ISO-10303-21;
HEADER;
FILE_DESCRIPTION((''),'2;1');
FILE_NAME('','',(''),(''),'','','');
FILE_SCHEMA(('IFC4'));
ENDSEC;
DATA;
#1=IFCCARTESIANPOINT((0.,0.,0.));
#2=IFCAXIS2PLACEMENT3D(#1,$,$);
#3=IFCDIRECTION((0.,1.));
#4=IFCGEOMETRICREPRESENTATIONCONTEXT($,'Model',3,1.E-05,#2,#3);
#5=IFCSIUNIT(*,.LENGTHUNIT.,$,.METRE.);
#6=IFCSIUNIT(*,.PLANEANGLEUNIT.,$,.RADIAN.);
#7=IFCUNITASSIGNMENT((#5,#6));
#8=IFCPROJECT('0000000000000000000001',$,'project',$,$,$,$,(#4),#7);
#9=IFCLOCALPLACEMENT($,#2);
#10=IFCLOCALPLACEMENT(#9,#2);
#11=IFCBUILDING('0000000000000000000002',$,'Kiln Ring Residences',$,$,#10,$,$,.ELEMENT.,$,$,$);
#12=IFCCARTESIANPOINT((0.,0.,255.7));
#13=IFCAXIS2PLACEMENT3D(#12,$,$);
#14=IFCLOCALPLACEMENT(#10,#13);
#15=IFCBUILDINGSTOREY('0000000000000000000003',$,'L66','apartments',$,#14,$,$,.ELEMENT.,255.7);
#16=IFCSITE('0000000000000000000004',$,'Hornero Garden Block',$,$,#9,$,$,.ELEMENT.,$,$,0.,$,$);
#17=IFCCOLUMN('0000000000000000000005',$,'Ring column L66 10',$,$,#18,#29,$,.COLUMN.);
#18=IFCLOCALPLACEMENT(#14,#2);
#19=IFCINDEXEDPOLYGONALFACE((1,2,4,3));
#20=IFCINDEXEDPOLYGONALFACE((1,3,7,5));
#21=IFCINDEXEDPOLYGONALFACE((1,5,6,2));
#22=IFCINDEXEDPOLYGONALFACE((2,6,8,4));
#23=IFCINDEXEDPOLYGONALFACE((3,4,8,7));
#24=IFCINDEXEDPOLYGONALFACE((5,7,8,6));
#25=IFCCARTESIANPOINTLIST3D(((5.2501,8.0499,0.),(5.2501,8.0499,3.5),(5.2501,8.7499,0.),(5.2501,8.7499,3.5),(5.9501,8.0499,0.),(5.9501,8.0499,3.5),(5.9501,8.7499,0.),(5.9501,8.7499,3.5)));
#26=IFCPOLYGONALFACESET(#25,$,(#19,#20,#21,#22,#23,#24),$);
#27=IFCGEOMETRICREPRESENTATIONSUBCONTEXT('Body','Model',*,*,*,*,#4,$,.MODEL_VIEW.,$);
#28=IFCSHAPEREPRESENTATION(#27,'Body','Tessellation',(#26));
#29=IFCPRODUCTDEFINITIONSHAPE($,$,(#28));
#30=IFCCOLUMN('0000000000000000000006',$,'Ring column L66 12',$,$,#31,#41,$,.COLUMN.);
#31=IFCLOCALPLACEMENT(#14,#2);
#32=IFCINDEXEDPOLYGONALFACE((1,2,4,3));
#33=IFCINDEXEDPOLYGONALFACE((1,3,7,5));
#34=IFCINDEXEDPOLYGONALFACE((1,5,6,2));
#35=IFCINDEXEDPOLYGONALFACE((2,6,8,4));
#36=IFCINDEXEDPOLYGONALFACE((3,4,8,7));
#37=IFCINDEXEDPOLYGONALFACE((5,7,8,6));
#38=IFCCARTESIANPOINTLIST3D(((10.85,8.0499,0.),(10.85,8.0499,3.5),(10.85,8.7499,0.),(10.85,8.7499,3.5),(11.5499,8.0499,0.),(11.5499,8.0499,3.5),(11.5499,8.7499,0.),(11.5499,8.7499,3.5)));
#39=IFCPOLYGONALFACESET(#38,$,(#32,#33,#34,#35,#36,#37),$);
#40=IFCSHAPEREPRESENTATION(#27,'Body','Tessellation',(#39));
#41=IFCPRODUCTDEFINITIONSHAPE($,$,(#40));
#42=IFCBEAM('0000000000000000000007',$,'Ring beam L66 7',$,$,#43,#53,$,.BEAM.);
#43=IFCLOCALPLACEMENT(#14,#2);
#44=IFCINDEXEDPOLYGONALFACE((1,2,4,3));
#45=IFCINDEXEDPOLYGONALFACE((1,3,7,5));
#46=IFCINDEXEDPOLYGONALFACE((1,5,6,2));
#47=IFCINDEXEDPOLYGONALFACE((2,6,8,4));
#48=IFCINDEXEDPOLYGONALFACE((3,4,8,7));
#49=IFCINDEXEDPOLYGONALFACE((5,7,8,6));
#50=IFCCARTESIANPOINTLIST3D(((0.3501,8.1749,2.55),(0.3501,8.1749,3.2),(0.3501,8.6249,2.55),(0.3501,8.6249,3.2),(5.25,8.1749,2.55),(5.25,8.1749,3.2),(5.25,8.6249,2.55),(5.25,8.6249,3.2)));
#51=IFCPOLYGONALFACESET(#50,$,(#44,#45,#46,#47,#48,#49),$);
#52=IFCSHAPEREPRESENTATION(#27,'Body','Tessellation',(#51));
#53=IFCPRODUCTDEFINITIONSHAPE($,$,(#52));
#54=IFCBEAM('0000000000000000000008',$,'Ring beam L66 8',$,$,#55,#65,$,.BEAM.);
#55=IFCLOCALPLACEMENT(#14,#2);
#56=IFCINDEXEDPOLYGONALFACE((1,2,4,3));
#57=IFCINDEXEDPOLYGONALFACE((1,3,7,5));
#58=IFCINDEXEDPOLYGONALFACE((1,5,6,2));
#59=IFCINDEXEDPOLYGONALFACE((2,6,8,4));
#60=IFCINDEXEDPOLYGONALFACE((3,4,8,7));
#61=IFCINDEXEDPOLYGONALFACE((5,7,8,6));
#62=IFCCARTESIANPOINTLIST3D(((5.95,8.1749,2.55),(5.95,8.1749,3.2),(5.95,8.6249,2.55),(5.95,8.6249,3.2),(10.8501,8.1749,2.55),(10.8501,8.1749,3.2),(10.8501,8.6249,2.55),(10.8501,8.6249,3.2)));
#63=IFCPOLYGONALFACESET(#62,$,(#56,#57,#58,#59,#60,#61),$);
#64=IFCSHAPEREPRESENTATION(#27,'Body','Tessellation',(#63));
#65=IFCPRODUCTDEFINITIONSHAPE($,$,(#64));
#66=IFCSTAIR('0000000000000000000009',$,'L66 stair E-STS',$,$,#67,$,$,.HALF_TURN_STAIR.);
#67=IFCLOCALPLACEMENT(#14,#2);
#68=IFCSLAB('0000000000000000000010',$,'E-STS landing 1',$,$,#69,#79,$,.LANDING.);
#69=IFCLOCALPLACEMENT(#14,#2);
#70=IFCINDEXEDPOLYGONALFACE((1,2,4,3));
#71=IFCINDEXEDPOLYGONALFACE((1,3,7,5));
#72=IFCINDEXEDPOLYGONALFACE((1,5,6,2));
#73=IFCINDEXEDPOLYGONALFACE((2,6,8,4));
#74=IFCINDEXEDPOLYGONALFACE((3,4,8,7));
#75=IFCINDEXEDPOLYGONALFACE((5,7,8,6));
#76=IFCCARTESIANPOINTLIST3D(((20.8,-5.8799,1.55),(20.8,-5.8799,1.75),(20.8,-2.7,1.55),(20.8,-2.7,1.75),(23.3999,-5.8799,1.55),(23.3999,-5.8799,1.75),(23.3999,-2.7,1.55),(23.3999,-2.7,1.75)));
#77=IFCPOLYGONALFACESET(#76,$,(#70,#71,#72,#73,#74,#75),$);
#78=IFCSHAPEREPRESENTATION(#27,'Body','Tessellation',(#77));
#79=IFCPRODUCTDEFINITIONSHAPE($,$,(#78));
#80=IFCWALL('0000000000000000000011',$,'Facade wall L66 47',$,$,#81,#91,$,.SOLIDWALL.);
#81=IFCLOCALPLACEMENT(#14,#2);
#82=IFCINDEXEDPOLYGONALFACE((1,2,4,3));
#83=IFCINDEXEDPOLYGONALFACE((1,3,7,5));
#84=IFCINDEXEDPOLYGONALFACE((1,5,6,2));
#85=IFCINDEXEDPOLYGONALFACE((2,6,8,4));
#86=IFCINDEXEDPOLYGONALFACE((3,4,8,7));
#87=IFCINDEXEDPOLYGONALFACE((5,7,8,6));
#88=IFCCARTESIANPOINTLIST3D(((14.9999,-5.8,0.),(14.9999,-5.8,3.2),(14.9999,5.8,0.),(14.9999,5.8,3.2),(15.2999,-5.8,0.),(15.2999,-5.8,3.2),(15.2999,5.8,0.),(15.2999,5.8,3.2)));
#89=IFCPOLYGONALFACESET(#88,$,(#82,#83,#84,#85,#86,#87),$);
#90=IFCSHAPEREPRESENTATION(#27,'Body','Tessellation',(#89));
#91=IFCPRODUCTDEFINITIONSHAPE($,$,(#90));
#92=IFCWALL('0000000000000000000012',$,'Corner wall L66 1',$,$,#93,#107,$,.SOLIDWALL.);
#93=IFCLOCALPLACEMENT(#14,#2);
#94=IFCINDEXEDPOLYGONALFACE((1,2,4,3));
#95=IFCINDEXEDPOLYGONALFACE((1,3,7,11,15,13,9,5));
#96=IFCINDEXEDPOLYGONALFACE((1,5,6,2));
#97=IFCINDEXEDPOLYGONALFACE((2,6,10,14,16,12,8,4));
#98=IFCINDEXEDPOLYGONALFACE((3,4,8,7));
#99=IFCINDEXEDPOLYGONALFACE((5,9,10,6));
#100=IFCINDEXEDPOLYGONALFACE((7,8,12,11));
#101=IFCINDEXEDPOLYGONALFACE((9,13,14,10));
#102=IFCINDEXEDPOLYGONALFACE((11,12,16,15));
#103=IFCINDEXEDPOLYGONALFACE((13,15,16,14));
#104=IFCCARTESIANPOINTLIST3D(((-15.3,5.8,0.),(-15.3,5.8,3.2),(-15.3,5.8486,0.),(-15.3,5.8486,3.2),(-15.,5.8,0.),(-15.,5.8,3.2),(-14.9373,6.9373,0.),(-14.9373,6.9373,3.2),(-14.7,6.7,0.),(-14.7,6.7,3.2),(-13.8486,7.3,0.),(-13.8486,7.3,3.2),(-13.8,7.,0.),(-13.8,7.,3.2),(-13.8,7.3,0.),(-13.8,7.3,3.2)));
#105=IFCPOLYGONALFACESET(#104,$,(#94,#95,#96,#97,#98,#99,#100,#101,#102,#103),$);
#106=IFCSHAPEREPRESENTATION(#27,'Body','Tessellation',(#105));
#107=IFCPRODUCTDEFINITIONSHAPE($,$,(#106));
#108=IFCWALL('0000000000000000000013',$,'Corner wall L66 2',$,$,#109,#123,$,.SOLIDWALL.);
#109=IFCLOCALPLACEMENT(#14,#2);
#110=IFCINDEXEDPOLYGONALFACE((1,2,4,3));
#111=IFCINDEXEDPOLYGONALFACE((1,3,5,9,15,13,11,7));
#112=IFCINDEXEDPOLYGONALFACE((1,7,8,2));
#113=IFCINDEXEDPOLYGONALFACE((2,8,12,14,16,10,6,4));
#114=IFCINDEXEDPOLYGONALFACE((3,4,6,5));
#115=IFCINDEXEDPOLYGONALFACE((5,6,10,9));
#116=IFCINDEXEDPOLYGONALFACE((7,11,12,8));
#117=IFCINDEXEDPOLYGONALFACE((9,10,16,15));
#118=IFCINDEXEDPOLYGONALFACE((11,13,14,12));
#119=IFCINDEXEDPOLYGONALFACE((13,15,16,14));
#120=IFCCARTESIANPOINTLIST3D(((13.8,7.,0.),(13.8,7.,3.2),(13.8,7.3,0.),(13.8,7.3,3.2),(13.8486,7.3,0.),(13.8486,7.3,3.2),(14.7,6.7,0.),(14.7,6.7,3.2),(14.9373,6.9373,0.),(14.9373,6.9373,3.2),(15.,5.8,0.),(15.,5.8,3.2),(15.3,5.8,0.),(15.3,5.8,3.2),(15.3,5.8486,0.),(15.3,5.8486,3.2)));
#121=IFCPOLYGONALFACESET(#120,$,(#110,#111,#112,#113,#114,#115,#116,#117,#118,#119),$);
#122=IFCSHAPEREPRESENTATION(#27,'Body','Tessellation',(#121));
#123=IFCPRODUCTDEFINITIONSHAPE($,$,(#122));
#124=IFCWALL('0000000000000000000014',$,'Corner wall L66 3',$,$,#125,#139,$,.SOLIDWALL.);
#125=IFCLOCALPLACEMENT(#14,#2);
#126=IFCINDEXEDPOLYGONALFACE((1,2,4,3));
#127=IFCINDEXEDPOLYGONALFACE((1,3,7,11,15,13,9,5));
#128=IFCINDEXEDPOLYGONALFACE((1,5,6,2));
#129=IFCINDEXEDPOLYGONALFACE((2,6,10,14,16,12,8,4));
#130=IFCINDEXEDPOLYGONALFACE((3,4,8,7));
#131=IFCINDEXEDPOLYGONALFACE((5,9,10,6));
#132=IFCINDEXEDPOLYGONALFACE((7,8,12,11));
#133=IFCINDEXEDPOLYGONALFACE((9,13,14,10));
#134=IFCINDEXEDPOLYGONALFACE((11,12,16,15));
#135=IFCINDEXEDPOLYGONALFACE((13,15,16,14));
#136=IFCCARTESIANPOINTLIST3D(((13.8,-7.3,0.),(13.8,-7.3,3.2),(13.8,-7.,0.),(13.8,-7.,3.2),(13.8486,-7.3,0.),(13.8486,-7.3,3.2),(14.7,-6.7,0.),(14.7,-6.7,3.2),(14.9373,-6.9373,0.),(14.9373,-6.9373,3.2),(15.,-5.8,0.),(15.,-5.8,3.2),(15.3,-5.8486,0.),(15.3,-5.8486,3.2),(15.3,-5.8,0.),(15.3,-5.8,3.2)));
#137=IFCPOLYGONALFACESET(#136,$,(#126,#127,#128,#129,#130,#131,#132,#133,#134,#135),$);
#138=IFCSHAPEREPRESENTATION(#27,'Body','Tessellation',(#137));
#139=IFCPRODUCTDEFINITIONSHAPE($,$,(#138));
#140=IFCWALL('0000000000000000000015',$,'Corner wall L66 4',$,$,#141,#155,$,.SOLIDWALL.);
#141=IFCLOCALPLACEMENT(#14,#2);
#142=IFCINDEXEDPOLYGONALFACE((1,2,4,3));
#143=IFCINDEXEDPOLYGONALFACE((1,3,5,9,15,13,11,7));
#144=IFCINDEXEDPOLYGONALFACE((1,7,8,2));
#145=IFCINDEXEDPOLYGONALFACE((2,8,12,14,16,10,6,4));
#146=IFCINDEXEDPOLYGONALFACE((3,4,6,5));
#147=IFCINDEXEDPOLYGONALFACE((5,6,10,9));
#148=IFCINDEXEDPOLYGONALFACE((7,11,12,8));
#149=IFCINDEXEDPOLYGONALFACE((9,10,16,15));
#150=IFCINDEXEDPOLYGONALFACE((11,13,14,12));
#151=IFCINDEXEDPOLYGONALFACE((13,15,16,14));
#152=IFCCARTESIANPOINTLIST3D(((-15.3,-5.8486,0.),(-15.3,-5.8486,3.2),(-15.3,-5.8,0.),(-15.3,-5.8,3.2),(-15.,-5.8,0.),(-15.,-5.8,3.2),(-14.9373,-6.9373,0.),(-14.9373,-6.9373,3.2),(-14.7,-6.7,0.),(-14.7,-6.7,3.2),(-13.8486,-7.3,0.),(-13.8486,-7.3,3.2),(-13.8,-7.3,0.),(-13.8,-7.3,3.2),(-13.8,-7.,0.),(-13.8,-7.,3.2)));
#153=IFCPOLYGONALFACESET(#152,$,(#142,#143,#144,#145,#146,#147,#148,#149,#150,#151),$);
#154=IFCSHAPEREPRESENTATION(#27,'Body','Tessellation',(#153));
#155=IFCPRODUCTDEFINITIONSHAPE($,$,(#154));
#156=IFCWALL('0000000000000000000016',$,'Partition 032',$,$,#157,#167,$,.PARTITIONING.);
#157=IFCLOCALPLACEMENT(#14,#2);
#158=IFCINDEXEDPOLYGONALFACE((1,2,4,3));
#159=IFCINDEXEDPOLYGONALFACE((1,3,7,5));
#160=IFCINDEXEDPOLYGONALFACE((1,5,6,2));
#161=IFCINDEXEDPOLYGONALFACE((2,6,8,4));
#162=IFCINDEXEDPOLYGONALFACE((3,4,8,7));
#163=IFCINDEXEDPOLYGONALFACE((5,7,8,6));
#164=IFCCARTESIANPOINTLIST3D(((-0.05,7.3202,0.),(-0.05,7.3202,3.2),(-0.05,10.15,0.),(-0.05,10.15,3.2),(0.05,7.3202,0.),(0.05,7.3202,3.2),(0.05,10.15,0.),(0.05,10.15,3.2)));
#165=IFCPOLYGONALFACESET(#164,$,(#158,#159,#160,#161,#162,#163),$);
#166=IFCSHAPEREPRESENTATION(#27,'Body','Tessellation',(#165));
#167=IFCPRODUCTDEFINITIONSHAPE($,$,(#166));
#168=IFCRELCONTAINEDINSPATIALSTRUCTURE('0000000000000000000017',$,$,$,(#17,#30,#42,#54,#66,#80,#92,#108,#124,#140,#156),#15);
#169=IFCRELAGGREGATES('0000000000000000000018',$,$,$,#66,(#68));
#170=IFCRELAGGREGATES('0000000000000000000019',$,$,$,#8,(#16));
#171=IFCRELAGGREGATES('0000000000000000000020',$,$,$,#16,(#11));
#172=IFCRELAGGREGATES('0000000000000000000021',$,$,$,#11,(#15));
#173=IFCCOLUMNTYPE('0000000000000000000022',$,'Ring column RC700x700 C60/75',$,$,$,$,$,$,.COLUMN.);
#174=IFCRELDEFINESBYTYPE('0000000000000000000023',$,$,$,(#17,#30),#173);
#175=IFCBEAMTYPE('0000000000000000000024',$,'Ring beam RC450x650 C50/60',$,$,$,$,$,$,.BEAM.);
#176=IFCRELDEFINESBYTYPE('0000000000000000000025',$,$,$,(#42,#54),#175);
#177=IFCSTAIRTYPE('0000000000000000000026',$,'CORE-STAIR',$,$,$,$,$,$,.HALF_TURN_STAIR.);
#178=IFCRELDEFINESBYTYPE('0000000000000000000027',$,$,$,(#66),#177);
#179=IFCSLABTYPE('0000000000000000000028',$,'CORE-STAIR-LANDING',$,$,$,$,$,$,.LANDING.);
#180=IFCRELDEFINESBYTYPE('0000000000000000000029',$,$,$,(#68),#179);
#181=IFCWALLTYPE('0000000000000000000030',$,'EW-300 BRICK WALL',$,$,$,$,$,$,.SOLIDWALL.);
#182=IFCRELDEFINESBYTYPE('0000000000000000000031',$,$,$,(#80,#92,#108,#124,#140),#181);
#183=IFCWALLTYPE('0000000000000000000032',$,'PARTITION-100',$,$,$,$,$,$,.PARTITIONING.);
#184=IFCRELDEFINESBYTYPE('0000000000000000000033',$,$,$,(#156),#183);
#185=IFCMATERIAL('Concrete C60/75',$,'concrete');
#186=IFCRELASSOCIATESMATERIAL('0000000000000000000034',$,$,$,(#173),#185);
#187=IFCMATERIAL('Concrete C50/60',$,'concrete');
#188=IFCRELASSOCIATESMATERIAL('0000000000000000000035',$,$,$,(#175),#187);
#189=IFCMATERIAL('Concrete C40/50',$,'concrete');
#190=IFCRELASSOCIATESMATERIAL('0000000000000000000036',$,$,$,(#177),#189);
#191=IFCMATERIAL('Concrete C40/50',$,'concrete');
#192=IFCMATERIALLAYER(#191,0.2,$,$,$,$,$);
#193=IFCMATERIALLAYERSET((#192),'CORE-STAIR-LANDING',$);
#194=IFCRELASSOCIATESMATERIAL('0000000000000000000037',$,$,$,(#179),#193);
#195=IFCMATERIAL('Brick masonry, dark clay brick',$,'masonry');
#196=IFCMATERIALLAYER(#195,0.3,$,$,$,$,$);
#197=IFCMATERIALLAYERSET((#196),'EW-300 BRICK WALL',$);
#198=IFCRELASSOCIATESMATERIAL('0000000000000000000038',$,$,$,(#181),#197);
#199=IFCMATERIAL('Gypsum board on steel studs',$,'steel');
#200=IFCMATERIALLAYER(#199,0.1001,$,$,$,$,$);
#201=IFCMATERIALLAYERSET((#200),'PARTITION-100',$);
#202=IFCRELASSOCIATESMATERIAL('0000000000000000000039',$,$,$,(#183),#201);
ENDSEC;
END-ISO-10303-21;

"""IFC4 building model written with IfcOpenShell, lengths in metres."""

from ifc_helpers import new_model, si_unit, direction, frame, frame_2d, origin, origin_2d, place, context, subcontext, project, spatial, polyline, rectangle, outline, extrude, material, layer, layer_set, material_profile, profile_set, type_object, element, aggregate, save


model = new_model("IFC4")

# Units and contexts
model_context = context("Model", 3, precision=1e-05, world=origin(), true_north=direction((0.0, 1.0)))
body_context = subcontext(model_context, "Body", "Model", "MODEL_VIEW")
ifc_project = project(units=[si_unit("LENGTHUNIT", "METRE"), si_unit("PLANEANGLEUNIT", "RADIAN")], contexts=[model_context])

# Site, building, storey
site_placement = place(None, origin())
site = spatial("IfcSite", under=ifc_project, at=site_placement, Name="Hornero Garden Block", CompositionType="ELEMENT", RefElevation=0.0)
building_placement = place(site_placement, origin())
building = spatial("IfcBuilding", under=site, at=building_placement, Name="Kiln Ring Residences", CompositionType="ELEMENT")
storey_placement = place(building_placement, frame((0.0, 0.0, 255.7)))
storey = spatial("IfcBuildingStorey", under=building, at=storey_placement, Name="L66", Description="apartments", CompositionType="ELEMENT", Elevation=255.7)

# Columns
ifc_material_1 = material(Name="Concrete C60/75", Category="concrete")
ifc_material_profile_1 = material_profile(ifc_material_1, rectangle(XDim=0.7, YDim=0.7, at=origin_2d()), Name="RC700x700")
ifc_profile_set_1 = profile_set([ifc_material_profile_1], Name="Concrete C60/75")
column_type = type_object("IfcColumnType", Name="Ring column RC700x700 C60/75", PredefinedType="COLUMN", material=ifc_profile_set_1)
for number, where, z_axis, x_axis, name in (
    (1, (5.6001, 8.3999, 0.0), (0.0, 0.0, 1.0), (1.0, 0.0, 0.0), "Ring column L66 10"),
    (2, (11.2, 8.3999, 0.0), (0.0, 0.0, 1.0), (1.0, 0.0, 0.0), "Ring column L66 12"),
):
    element("IfcColumn", number, at=place(storey_placement, frame(where, z_axis=z_axis, x_axis=x_axis)), inside=storey, type_object=column_type, Name=name, PredefinedType="COLUMN", context=body_context, shape_type="SweptSolid", body=[
        extrude(rectangle(XDim=0.7, YDim=0.7, at=origin_2d()), origin(), (0.0, 0.0, 1.0), 3.5),
    ])

# Beams
ifc_material_2 = material(Name="Concrete C50/60", Category="concrete")
ifc_material_profile_2 = material_profile(ifc_material_2, rectangle(XDim=0.45, YDim=0.6499, at=origin_2d()), Name="RC450x650")
ifc_profile_set_2 = profile_set([ifc_material_profile_2], Name="Concrete C50/60")
beam_type = type_object("IfcBeamType", Name="Ring beam RC450x650 C50/60", PredefinedType="BEAM", material=ifc_profile_set_2)
beam_1_placement = place(storey_placement, frame((0.3501, 8.3999, 2.875), z_axis=(1.0, 0.0, 0.0), x_axis=(0.0, 1.0, 0.0)))
element("IfcBeam", 3, at=beam_1_placement, inside=storey, type_object=beam_type, Name="Ring beam L66 7", PredefinedType="BEAM", context=body_context, shape_type="SweptSolid", body=[
    extrude(rectangle(XDim=0.45, YDim=0.6499, at=origin_2d()), origin(), (0.0, 0.0, 1.0), 4.8999),
])
beam_2_placement = place(storey_placement, frame((5.95, 8.3999, 2.875), z_axis=(1.0, 0.0, 0.0), x_axis=(0.0, 1.0, 0.0)))
element("IfcBeam", 4, at=beam_2_placement, inside=storey, type_object=beam_type, Name="Ring beam L66 8", PredefinedType="BEAM", context=body_context, shape_type="SweptSolid", body=[
    extrude(rectangle(XDim=0.45, YDim=0.6499, at=origin_2d()), origin(), (0.0, 0.0, 1.0), 4.9001),
])

# Stair, slab
ifc_material_3 = material(Name="Concrete C40/50", Category="concrete")
stair_type = type_object("IfcStairType", Name="CORE-STAIR", PredefinedType="HALF_TURN_STAIR", material=ifc_material_3)
placement = place(storey_placement, origin())
stair = element("IfcStair", 5, at=placement, inside=storey, type_object=stair_type, Name="L66 stair E-STS", PredefinedType="HALF_TURN_STAIR")
ifc_material_4 = material(Name="Concrete C40/50", Category="concrete")
ifc_layer_1 = layer(ifc_material_4, 0.2)
ifc_layer_set_1 = layer_set([ifc_layer_1], Name="CORE-STAIR-LANDING")
slab_type = type_object("IfcSlabType", Name="CORE-STAIR-LANDING", PredefinedType="LANDING", material=ifc_layer_set_1)
slab_placement = place(storey_placement, frame((0.0, 0.0, 1.55)))
slab = element("IfcSlab", 6, at=slab_placement, type_object=slab_type, Name="E-STS landing 1", PredefinedType="LANDING", context=body_context, shape_type="SweptSolid", body=[
    extrude(outline(polyline([(23.3999, -5.8799), (23.3999, -2.7), (20.8, -2.7), (20.8, -5.8799), (23.3999, -5.8799)])), origin(), (0.0, 0.0, 1.0), 0.2),
])
aggregate(stair, [slab])

# Walls
ifc_material_5 = material(Name="Brick masonry, dark clay brick", Category="masonry")
ifc_layer_2 = layer(ifc_material_5, 0.3)
ifc_layer_set_2 = layer_set([ifc_layer_2], Name="EW-300 BRICK WALL")
wall_type_1 = type_object("IfcWallType", Name="EW-300 BRICK WALL", PredefinedType="SOLIDWALL", material=ifc_layer_set_2)
wall_1_placement = place(storey_placement, frame((15.1499, 5.8, 0.0), z_axis=(0.0, 0.0, 1.0), x_axis=(0.0, -1.0, 0.0)))
element("IfcWall", 7, at=wall_1_placement, inside=storey, type_object=wall_type_1, Name="Facade wall L66 47", PredefinedType="SOLIDWALL", context=body_context, shape_type="SweptSolid", body=[
    extrude(rectangle(XDim=11.6001, YDim=0.3, at=frame_2d((5.8, 0.0))), origin(), (0.0, 0.0, 1.0), 3.2),
])
element("IfcWall", 8, at=placement, inside=storey, type_object=wall_type_1, Name="Corner wall L66 1", PredefinedType="SOLIDWALL", context=body_context, shape_type="SweptSolid", body=[
    extrude(outline(polyline([(-13.8486, 7.3), (-14.9373, 6.9373), (-15.3, 5.8486), (-15.3, 5.8), (-15.0, 5.8), (-14.7, 6.7), (-13.8, 7.0), (-13.8, 7.3), (-13.8486, 7.3)])), origin(), (0.0, 0.0, 1.0), 3.2),
])
element("IfcWall", 9, at=placement, inside=storey, type_object=wall_type_1, Name="Corner wall L66 2", PredefinedType="SOLIDWALL", context=body_context, shape_type="SweptSolid", body=[
    extrude(outline(polyline([(14.9373, 6.9373), (13.8486, 7.3), (13.8, 7.3), (13.8, 7.0), (14.7, 6.7), (15.0, 5.8), (15.3, 5.8), (15.3, 5.8486), (14.9373, 6.9373)])), origin(), (0.0, 0.0, 1.0), 3.2),
])
element("IfcWall", 10, at=placement, inside=storey, type_object=wall_type_1, Name="Corner wall L66 3", PredefinedType="SOLIDWALL", context=body_context, shape_type="SweptSolid", body=[
    extrude(outline(polyline([(14.9373, -6.9373), (15.3, -5.8486), (15.3, -5.8), (15.0, -5.8), (14.7, -6.7), (13.8, -7.0), (13.8, -7.3), (13.8486, -7.3), (14.9373, -6.9373)])), origin(), (0.0, 0.0, 1.0), 3.2),
])
element("IfcWall", 11, at=placement, inside=storey, type_object=wall_type_1, Name="Corner wall L66 4", PredefinedType="SOLIDWALL", context=body_context, shape_type="SweptSolid", body=[
    extrude(outline(polyline([(-14.9373, -6.9373), (-13.8486, -7.3), (-13.8, -7.3), (-13.8, -7.0), (-14.7, -6.7), (-15.0, -5.8), (-15.3, -5.8), (-15.3, -5.8486), (-14.9373, -6.9373)])), origin(), (0.0, 0.0, 1.0), 3.2),
])
ifc_material_6 = material(Name="Gypsum board on steel studs", Category="steel")
ifc_layer_3 = layer(ifc_material_6, 0.1001)
ifc_layer_set_3 = layer_set([ifc_layer_3], Name="PARTITION-100")
wall_type_2 = type_object("IfcWallType", Name="PARTITION-100", PredefinedType="PARTITIONING", material=ifc_layer_set_3)
wall_2_placement = place(storey_placement, frame((0.0, 7.3201, 0.0), z_axis=(0.0, 0.0, 1.0), x_axis=(0.0, 1.0, 0.0)))
element("IfcWall", 12, at=wall_2_placement, inside=storey, type_object=wall_type_2, Name="Partition 032", PredefinedType="PARTITIONING", context=body_context, shape_type="SweptSolid", body=[
    extrude(rectangle(XDim=2.8298, YDim=0.1001, at=frame_2d((1.415, 0.0))), origin(), (0.0, 0.0, 1.0), 3.2),
])

save(model, "model.ifc")
